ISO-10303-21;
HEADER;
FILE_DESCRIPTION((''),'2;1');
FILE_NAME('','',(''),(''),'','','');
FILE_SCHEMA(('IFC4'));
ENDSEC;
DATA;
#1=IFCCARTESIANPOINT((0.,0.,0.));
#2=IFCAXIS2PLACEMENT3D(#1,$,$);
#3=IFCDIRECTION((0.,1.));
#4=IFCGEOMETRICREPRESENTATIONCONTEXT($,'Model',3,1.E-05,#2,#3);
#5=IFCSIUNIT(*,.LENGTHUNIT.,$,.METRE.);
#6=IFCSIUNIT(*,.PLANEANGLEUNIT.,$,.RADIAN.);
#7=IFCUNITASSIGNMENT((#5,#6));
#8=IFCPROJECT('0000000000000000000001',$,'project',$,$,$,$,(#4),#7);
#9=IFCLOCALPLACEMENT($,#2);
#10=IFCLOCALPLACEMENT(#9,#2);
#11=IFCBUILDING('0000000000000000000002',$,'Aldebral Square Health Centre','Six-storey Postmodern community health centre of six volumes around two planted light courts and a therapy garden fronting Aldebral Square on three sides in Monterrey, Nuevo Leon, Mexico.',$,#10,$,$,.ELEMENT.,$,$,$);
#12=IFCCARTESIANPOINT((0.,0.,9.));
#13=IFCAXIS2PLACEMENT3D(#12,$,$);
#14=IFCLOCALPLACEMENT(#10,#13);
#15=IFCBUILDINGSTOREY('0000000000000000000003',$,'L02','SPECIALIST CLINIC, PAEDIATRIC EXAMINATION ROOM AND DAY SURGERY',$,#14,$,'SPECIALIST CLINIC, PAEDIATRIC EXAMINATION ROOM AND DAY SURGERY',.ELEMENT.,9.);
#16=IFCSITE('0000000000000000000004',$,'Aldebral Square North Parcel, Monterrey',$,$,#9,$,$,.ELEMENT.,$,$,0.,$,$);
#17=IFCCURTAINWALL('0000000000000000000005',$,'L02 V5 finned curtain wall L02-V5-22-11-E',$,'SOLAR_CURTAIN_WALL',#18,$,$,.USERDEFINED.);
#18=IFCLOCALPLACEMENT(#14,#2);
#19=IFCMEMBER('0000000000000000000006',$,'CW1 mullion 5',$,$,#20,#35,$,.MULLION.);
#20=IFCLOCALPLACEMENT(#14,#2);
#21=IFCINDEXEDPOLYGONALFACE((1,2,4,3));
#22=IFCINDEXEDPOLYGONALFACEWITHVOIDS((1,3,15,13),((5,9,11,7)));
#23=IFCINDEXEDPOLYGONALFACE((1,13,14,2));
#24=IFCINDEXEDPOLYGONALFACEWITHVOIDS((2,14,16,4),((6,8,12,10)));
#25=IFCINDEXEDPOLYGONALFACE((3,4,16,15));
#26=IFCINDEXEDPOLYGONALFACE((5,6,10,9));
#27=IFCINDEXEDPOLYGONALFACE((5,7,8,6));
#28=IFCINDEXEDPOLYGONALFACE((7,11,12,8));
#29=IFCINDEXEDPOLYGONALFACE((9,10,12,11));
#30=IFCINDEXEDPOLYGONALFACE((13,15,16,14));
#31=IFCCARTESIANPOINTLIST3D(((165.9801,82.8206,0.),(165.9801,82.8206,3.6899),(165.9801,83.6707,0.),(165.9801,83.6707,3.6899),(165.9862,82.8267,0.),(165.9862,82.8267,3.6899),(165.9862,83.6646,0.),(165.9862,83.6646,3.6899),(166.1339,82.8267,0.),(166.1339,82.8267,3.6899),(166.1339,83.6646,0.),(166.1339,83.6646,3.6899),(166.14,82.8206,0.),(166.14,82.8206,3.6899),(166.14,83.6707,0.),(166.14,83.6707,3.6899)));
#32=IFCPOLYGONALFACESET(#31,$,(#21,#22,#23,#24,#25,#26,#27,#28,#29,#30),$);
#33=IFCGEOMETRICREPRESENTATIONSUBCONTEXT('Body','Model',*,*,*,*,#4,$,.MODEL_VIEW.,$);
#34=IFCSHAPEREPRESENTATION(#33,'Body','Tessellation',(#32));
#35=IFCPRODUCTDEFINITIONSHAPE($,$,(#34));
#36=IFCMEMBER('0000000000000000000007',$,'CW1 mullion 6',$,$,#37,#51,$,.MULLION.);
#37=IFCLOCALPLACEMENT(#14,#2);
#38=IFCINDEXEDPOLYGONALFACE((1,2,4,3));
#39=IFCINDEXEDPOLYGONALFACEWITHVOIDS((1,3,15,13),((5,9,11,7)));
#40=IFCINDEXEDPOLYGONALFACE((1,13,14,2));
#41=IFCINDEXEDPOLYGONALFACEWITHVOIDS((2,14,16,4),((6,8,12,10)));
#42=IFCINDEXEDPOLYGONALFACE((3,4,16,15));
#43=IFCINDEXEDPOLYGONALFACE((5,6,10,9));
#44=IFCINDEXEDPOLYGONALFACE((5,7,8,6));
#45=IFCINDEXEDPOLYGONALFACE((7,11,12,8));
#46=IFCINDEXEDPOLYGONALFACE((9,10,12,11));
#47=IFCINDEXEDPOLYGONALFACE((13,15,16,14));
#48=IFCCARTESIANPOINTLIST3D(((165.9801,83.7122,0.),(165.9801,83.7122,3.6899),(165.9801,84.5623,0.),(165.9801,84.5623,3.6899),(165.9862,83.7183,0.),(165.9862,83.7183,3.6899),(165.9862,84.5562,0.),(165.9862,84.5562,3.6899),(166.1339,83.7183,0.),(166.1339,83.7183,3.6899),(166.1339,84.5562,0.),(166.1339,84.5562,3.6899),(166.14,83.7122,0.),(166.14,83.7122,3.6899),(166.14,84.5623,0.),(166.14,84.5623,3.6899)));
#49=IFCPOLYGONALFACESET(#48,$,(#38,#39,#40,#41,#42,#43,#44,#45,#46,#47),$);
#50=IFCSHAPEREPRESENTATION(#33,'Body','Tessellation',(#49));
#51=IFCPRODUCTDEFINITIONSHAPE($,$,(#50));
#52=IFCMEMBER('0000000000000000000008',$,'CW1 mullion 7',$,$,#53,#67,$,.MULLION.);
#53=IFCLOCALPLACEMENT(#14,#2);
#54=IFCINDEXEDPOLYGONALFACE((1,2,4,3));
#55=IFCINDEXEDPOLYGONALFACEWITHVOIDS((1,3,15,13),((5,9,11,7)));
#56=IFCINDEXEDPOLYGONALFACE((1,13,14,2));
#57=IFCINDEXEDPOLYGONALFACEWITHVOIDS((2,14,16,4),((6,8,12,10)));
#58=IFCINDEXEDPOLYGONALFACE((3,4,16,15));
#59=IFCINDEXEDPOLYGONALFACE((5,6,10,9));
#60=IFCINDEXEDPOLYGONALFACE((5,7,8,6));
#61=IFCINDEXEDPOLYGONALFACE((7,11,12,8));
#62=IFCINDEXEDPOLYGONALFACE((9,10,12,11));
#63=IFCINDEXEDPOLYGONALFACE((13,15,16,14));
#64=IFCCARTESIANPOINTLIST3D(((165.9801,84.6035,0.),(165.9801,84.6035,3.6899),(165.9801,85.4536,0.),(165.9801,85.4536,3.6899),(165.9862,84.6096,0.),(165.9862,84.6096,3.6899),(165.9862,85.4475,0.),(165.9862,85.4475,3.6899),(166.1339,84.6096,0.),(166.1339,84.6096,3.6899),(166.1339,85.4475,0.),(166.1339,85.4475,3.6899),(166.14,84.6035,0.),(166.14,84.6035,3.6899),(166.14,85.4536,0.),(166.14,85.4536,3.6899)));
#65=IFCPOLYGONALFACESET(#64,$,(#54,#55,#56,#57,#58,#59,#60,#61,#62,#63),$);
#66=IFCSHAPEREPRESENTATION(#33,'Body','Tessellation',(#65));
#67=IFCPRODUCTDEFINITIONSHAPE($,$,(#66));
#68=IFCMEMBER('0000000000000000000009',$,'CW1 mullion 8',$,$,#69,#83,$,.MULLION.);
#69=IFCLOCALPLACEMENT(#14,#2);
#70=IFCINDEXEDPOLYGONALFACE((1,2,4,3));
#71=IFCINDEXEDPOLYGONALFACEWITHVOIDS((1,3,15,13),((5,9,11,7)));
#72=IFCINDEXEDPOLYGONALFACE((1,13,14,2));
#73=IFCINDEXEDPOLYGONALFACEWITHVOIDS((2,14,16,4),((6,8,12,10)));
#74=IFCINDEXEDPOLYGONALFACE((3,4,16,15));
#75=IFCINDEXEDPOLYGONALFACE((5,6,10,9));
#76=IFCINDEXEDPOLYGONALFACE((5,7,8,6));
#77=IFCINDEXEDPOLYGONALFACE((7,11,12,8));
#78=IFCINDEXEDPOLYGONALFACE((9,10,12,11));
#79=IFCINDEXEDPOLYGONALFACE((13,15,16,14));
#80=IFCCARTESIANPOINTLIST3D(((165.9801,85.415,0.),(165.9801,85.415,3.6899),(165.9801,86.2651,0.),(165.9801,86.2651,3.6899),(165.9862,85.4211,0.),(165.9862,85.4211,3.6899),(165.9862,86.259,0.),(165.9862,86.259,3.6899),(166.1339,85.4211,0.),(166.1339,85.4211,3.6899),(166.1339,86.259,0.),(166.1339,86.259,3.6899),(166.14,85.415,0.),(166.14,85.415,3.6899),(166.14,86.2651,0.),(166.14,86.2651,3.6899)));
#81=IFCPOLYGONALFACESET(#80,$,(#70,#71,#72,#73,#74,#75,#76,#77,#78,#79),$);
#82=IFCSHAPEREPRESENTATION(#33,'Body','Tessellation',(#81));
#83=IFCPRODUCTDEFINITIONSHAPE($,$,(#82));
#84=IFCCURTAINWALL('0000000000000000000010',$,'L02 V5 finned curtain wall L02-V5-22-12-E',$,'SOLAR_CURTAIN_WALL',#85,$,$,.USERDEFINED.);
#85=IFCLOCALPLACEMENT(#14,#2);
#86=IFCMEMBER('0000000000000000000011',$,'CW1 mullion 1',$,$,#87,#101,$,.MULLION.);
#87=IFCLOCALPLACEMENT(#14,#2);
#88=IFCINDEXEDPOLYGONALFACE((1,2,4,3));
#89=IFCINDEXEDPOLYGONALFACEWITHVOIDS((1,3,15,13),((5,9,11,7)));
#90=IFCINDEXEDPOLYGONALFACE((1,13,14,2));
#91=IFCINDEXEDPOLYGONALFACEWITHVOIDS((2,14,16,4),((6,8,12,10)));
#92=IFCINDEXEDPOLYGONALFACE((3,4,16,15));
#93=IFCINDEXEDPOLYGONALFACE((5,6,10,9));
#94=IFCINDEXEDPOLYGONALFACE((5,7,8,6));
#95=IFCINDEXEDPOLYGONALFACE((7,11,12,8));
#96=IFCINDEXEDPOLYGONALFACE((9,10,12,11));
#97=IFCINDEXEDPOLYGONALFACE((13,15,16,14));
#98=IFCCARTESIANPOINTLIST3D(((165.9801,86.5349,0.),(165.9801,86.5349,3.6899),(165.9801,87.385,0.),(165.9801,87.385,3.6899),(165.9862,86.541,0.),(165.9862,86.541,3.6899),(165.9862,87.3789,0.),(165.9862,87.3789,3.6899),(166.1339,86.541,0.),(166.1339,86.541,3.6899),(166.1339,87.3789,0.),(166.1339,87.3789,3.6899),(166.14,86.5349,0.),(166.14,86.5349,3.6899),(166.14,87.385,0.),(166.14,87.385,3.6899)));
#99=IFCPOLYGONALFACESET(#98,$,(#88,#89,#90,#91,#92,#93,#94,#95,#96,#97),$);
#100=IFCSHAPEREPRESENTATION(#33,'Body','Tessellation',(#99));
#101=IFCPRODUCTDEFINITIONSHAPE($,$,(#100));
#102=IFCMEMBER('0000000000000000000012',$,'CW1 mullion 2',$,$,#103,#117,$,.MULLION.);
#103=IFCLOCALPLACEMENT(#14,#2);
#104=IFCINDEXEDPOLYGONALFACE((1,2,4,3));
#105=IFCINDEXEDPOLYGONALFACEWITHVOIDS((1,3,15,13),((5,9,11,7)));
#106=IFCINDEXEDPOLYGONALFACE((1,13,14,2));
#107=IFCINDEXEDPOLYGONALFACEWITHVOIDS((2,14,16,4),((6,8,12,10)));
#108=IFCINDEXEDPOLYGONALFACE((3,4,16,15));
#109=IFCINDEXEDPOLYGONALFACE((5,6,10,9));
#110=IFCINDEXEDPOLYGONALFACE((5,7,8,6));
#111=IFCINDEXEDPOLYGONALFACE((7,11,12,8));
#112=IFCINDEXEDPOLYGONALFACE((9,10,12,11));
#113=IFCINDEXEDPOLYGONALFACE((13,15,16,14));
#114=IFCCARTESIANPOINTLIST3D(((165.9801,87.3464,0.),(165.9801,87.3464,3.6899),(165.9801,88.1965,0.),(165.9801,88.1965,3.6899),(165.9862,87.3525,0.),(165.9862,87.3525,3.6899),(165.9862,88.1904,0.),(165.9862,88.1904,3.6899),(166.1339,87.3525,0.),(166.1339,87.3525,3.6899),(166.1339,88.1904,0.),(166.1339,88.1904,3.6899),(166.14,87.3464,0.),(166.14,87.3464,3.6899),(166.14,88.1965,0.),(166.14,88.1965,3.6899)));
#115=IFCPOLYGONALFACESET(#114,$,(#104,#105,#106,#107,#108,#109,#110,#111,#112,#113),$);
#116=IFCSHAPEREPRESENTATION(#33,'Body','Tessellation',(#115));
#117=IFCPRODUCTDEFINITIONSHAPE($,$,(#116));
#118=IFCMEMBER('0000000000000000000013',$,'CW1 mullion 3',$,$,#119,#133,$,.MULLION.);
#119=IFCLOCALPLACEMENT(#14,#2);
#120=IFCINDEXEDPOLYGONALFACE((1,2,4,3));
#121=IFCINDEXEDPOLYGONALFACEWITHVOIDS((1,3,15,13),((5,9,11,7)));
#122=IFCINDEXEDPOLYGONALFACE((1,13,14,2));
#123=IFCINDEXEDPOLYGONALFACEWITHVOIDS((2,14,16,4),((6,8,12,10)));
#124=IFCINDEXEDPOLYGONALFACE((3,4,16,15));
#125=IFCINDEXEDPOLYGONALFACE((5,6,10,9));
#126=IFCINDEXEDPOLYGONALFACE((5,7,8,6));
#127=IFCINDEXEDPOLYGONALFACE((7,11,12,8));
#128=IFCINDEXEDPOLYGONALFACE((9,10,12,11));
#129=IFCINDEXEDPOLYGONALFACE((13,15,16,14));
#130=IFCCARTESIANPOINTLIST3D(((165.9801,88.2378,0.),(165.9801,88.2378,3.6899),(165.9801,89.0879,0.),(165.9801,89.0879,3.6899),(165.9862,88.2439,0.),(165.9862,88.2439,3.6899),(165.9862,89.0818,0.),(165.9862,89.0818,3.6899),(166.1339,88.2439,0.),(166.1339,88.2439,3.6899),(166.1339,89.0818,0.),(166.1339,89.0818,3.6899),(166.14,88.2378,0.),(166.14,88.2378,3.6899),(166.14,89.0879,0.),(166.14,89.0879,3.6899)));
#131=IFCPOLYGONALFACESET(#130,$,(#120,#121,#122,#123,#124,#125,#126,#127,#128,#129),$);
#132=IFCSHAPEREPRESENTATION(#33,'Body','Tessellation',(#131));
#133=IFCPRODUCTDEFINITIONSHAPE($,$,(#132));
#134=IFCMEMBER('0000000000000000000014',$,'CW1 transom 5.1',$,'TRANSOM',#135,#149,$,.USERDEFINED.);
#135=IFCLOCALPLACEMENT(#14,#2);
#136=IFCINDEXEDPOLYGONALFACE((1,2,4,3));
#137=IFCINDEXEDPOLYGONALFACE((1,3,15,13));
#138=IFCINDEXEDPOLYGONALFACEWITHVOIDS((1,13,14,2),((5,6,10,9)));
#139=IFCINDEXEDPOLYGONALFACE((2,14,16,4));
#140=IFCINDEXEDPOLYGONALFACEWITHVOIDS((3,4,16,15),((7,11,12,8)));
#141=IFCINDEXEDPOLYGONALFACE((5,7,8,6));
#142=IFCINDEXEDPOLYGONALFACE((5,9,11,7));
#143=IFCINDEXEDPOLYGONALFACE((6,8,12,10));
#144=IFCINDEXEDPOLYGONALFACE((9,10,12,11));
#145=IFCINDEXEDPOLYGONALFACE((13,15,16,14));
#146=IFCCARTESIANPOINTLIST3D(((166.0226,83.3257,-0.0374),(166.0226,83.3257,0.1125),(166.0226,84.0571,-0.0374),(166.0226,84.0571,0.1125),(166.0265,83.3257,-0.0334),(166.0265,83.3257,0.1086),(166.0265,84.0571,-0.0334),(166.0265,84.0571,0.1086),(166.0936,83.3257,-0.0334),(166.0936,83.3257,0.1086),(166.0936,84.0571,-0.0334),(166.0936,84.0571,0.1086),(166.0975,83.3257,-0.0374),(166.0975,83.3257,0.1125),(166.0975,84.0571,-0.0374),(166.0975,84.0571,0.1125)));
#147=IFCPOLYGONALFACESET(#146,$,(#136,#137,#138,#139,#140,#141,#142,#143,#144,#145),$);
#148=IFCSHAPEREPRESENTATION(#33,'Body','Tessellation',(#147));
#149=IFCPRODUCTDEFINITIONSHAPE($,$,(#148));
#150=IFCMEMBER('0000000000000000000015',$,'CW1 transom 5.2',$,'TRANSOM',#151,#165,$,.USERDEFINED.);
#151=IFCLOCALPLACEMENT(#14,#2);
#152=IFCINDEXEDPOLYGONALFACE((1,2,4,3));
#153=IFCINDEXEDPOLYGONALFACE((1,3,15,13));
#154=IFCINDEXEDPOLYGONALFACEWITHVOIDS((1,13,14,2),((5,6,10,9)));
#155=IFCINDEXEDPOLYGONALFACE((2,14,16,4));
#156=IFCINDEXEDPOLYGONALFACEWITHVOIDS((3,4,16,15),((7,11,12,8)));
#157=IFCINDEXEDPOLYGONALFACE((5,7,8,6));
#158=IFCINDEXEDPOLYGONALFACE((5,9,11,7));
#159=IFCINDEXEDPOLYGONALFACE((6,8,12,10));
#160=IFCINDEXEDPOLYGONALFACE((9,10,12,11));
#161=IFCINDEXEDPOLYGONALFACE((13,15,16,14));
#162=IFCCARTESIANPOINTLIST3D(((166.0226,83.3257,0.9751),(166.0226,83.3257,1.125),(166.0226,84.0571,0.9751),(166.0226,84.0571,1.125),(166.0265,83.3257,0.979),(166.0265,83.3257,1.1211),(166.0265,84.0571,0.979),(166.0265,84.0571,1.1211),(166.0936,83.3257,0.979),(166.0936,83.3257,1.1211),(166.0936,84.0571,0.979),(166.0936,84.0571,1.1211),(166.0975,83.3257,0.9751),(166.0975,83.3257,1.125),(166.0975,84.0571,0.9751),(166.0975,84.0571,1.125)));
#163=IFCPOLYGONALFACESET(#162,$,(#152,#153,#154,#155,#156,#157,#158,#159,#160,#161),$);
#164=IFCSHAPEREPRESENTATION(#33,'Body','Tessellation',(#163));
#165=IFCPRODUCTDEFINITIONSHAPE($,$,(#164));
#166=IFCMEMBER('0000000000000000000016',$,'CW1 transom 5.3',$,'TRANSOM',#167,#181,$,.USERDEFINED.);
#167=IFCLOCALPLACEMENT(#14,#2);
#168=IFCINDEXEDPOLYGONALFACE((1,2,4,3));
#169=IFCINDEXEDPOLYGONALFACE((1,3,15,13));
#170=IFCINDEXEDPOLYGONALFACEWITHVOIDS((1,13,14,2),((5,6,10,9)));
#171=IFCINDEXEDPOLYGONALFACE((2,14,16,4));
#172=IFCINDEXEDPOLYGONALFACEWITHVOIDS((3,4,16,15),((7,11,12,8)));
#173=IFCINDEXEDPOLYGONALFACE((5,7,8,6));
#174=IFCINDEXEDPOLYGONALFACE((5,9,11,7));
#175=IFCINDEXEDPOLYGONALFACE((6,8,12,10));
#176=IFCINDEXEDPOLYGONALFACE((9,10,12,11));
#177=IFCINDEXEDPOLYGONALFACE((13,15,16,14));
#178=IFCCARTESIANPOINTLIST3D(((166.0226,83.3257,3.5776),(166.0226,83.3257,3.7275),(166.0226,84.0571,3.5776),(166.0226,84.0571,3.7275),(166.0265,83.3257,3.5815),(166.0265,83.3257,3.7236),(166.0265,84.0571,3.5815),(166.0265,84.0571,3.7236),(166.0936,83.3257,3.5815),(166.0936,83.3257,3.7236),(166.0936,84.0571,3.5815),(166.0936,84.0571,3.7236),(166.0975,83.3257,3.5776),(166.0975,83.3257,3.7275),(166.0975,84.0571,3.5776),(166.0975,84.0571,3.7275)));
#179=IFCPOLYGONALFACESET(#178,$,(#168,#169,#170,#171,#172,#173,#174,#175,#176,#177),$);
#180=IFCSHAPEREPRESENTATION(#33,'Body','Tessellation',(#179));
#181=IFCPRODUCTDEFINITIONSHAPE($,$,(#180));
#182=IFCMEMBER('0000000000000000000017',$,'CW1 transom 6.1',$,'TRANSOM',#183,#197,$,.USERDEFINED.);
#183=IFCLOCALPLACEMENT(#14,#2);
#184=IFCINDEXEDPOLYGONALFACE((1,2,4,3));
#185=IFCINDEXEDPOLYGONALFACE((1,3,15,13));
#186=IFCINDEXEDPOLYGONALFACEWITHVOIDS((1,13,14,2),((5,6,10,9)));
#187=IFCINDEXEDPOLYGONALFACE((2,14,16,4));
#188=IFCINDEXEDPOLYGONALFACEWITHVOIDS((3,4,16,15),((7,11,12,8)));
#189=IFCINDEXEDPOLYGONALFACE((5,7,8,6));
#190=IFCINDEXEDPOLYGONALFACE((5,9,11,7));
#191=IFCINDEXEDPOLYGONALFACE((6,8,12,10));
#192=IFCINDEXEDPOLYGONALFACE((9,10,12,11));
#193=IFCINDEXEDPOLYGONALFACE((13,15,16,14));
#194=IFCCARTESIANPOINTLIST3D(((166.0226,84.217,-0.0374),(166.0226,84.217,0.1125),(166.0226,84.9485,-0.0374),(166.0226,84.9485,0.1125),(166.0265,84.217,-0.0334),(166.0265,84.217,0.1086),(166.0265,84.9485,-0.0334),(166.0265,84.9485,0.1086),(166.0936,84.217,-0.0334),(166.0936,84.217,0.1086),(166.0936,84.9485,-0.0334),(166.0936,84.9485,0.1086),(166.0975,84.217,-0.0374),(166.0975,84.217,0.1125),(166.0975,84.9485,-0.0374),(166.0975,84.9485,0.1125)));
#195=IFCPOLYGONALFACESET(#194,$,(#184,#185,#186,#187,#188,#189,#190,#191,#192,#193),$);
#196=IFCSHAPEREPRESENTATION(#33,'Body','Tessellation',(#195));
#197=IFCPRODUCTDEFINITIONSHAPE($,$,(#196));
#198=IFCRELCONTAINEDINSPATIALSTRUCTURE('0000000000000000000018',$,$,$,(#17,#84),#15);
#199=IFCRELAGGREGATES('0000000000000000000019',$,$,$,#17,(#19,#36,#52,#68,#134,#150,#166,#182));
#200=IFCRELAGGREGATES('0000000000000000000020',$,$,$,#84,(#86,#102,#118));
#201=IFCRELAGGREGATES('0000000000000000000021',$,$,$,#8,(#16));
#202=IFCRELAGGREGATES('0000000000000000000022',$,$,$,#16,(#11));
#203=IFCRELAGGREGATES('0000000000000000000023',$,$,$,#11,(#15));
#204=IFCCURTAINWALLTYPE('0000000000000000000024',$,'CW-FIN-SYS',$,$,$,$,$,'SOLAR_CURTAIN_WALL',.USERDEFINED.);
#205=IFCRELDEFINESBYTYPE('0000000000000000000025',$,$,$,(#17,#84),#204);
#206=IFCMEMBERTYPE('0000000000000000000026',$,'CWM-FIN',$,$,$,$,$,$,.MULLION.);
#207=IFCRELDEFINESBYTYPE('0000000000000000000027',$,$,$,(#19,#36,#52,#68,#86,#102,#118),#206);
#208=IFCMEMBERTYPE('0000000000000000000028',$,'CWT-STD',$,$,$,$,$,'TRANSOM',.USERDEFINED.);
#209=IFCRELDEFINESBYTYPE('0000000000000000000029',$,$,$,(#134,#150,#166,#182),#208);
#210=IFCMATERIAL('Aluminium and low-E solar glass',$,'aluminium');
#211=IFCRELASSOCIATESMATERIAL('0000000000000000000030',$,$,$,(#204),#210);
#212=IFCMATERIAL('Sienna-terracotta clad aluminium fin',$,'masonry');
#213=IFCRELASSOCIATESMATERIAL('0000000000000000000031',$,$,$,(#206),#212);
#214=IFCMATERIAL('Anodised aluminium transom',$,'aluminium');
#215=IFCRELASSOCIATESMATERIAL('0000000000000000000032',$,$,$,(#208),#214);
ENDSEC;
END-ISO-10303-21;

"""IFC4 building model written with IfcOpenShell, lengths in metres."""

from ifc_helpers import new_model, si_unit, direction, frame, origin, origin_2d, place, context, subcontext, project, spatial, hollow_rectangle, extrude, material, material_profile, profile_set, type_object, element, aggregate, save


model = new_model("IFC4")

# Units and contexts
model_context = context("Model", 3, precision=1e-05, world=origin(), true_north=direction((0.0, 1.0)))
body_context = subcontext(model_context, "Body", "Model", "MODEL_VIEW")
ifc_project = project(units=[si_unit("LENGTHUNIT", "METRE"), si_unit("PLANEANGLEUNIT", "RADIAN")], contexts=[model_context])

# Site, building, storey
site_placement = place(None, origin())
site = spatial("IfcSite", under=ifc_project, at=site_placement, Name="Aldebral Square North Parcel, Monterrey", CompositionType="ELEMENT", RefElevation=0.0)
building_placement = place(site_placement, origin())
building = spatial("IfcBuilding", under=site, at=building_placement, Name="Aldebral Square Health Centre", Description="Six-storey Postmodern community health centre of six volumes around two planted light courts and a therapy garden fronting Aldebral Square on three sides in Monterrey, Nuevo Leon, Mexico.", CompositionType="ELEMENT")
storey_placement = place(building_placement, frame((0.0, 0.0, 9.0)))
storey = spatial("IfcBuildingStorey", under=building, at=storey_placement, Name="L02", Description="SPECIALIST CLINIC, PAEDIATRIC EXAMINATION ROOM AND DAY SURGERY", LongName="SPECIALIST CLINIC, PAEDIATRIC EXAMINATION ROOM AND DAY SURGERY", CompositionType="ELEMENT", Elevation=9.0)

# Curtain walls, members
ifc_material_1 = material(Name="Aluminium and low-E solar glass", Category="aluminium")
curtain_wall_type = type_object("IfcCurtainWallType", Name="CW-FIN-SYS", ElementType="SOLAR_CURTAIN_WALL", PredefinedType="USERDEFINED", material=ifc_material_1)
curtain_wall_1_placement = place(storey_placement, origin())
curtain_wall_1 = element("IfcCurtainWall", 1, at=curtain_wall_1_placement, inside=storey, type_object=curtain_wall_type, Name="L02 V5 finned curtain wall L02-V5-22-11-E", ObjectType="SOLAR_CURTAIN_WALL", PredefinedType="USERDEFINED")
ifc_material_2 = material(Name="Sienna-terracotta clad aluminium fin", Category="masonry")
ifc_material_profile_1 = material_profile(ifc_material_2, hollow_rectangle(XDim=0.1599, YDim=0.8501, WallThickness=0.0061, at=origin_2d()), Name="FIN 160x850x6")
ifc_profile_set_1 = profile_set([ifc_material_profile_1], Name="Sienna-terracotta clad aluminium fin")
member_type_1 = type_object("IfcMemberType", Name="CWM-FIN", PredefinedType="MULLION", material=ifc_profile_set_1)
member_1_placement = place(storey_placement, frame((166.0601, 83.2456, 0.0), z_axis=(0.0, 0.0, 1.0), x_axis=(-1.0, 0.0, 0.0)))
member_1 = element("IfcMember", 2, at=member_1_placement, type_object=member_type_1, Name="CW1 mullion 5", PredefinedType="MULLION", context=body_context, shape_type="SweptSolid", body=[
    extrude(hollow_rectangle(XDim=0.1599, YDim=0.8501, WallThickness=0.0061, at=origin_2d()), origin(), (0.0, 0.0, 1.0), 3.6899),
])
member_2_placement = place(storey_placement, frame((166.0601, 84.1372, 0.0), z_axis=(0.0, 0.0, 1.0), x_axis=(-1.0, 0.0, 0.0)))
member_2 = element("IfcMember", 3, at=member_2_placement, type_object=member_type_1, Name="CW1 mullion 6", PredefinedType="MULLION", context=body_context, shape_type="SweptSolid", body=[
    extrude(hollow_rectangle(XDim=0.1599, YDim=0.8501, WallThickness=0.0061, at=origin_2d()), origin(), (0.0, 0.0, 1.0), 3.6899),
])
member_3_placement = place(storey_placement, frame((166.0601, 85.0286, 0.0), z_axis=(0.0, 0.0, 1.0), x_axis=(-1.0, 0.0, 0.0)))
member_3 = element("IfcMember", 4, at=member_3_placement, type_object=member_type_1, Name="CW1 mullion 7", PredefinedType="MULLION", context=body_context, shape_type="SweptSolid", body=[
    extrude(hollow_rectangle(XDim=0.1599, YDim=0.8501, WallThickness=0.0061, at=origin_2d()), origin(), (0.0, 0.0, 1.0), 3.6899),
])
member_4_placement = place(storey_placement, frame((166.0601, 85.8401, 0.0), z_axis=(0.0, 0.0, 1.0), x_axis=(-1.0, 0.0, 0.0)))
member_4 = element("IfcMember", 5, at=member_4_placement, type_object=member_type_1, Name="CW1 mullion 8", PredefinedType="MULLION", context=body_context, shape_type="SweptSolid", body=[
    extrude(hollow_rectangle(XDim=0.1599, YDim=0.8501, WallThickness=0.0061, at=origin_2d()), origin(), (0.0, 0.0, 1.0), 3.6899),
])
curtain_wall_2_placement = place(storey_placement, origin())
curtain_wall_2 = element("IfcCurtainWall", 6, at=curtain_wall_2_placement, inside=storey, type_object=curtain_wall_type, Name="L02 V5 finned curtain wall L02-V5-22-12-E", ObjectType="SOLAR_CURTAIN_WALL", PredefinedType="USERDEFINED")
member_5_placement = place(storey_placement, frame((166.0601, 86.96, 0.0), z_axis=(0.0, 0.0, 1.0), x_axis=(-1.0, 0.0, 0.0)))
member_5 = element("IfcMember", 7, at=member_5_placement, type_object=member_type_1, Name="CW1 mullion 1", PredefinedType="MULLION", context=body_context, shape_type="SweptSolid", body=[
    extrude(hollow_rectangle(XDim=0.1599, YDim=0.8501, WallThickness=0.0061, at=origin_2d()), origin(), (0.0, 0.0, 1.0), 3.6899),
])
member_6_placement = place(storey_placement, frame((166.0601, 87.7715, 0.0), z_axis=(0.0, 0.0, 1.0), x_axis=(-1.0, 0.0, 0.0)))
member_6 = element("IfcMember", 8, at=member_6_placement, type_object=member_type_1, Name="CW1 mullion 2", PredefinedType="MULLION", context=body_context, shape_type="SweptSolid", body=[
    extrude(hollow_rectangle(XDim=0.1599, YDim=0.8501, WallThickness=0.0061, at=origin_2d()), origin(), (0.0, 0.0, 1.0), 3.6899),
])
member_7_placement = place(storey_placement, frame((166.0601, 88.6628, 0.0), z_axis=(0.0, 0.0, 1.0), x_axis=(-1.0, 0.0, 0.0)))
member_7 = element("IfcMember", 9, at=member_7_placement, type_object=member_type_1, Name="CW1 mullion 3", PredefinedType="MULLION", context=body_context, shape_type="SweptSolid", body=[
    extrude(hollow_rectangle(XDim=0.1599, YDim=0.8501, WallThickness=0.0061, at=origin_2d()), origin(), (0.0, 0.0, 1.0), 3.6899),
])

# Members
ifc_material_3 = material(Name="Anodised aluminium transom", Category="aluminium")
ifc_material_profile_2 = material_profile(ifc_material_3, hollow_rectangle(XDim=0.075, YDim=0.1499, WallThickness=0.0039, at=origin_2d()), Name="CWT 75x150x4")
ifc_profile_set_2 = profile_set([ifc_material_profile_2], Name="Anodised aluminium transom")
member_type_2 = type_object("IfcMemberType", Name="CWT-STD", ElementType="TRANSOM", PredefinedType="USERDEFINED", material=ifc_profile_set_2)
member_8_placement = place(storey_placement, frame((166.0601, 83.3257, 0.0376), z_axis=(0.0, 1.0, 0.0), x_axis=(-1.0, 0.0, 0.0)))
member_8 = element("IfcMember", 10, at=member_8_placement, type_object=member_type_2, Name="CW1 transom 5.1", ObjectType="TRANSOM", PredefinedType="USERDEFINED", context=body_context, shape_type="SweptSolid", body=[
    extrude(hollow_rectangle(XDim=0.075, YDim=0.1499, WallThickness=0.0039, at=origin_2d()), origin(), (0.0, 0.0, 1.0), 0.7314),
])
member_9_placement = place(storey_placement, frame((166.0601, 83.3257, 1.05), z_axis=(0.0, 1.0, 0.0), x_axis=(-1.0, 0.0, 0.0)))
member_9 = element("IfcMember", 11, at=member_9_placement, type_object=member_type_2, Name="CW1 transom 5.2", ObjectType="TRANSOM", PredefinedType="USERDEFINED", context=body_context, shape_type="SweptSolid", body=[
    extrude(hollow_rectangle(XDim=0.075, YDim=0.1499, WallThickness=0.0039, at=origin_2d()), origin(), (0.0, 0.0, 1.0), 0.7314),
])
member_10_placement = place(storey_placement, frame((166.0601, 83.3257, 3.6526), z_axis=(0.0, 1.0, 0.0), x_axis=(-1.0, 0.0, 0.0)))
member_10 = element("IfcMember", 12, at=member_10_placement, type_object=member_type_2, Name="CW1 transom 5.3", ObjectType="TRANSOM", PredefinedType="USERDEFINED", context=body_context, shape_type="SweptSolid", body=[
    extrude(hollow_rectangle(XDim=0.075, YDim=0.1499, WallThickness=0.0039, at=origin_2d()), origin(), (0.0, 0.0, 1.0), 0.7314),
])
member_11_placement = place(storey_placement, frame((166.0601, 84.217, 0.0376), z_axis=(0.0, 1.0, 0.0), x_axis=(-1.0, 0.0, 0.0)))
member_11 = element("IfcMember", 13, at=member_11_placement, type_object=member_type_2, Name="CW1 transom 6.1", ObjectType="TRANSOM", PredefinedType="USERDEFINED", context=body_context, shape_type="SweptSolid", body=[
    extrude(hollow_rectangle(XDim=0.075, YDim=0.1499, WallThickness=0.0039, at=origin_2d()), origin(), (0.0, 0.0, 1.0), 0.7314),
])

aggregate(curtain_wall_1, [member_1, member_2, member_3, member_4, member_8, member_9, member_10, member_11])
aggregate(curtain_wall_2, [member_5, member_6, member_7])

save(model, "model.ifc")
